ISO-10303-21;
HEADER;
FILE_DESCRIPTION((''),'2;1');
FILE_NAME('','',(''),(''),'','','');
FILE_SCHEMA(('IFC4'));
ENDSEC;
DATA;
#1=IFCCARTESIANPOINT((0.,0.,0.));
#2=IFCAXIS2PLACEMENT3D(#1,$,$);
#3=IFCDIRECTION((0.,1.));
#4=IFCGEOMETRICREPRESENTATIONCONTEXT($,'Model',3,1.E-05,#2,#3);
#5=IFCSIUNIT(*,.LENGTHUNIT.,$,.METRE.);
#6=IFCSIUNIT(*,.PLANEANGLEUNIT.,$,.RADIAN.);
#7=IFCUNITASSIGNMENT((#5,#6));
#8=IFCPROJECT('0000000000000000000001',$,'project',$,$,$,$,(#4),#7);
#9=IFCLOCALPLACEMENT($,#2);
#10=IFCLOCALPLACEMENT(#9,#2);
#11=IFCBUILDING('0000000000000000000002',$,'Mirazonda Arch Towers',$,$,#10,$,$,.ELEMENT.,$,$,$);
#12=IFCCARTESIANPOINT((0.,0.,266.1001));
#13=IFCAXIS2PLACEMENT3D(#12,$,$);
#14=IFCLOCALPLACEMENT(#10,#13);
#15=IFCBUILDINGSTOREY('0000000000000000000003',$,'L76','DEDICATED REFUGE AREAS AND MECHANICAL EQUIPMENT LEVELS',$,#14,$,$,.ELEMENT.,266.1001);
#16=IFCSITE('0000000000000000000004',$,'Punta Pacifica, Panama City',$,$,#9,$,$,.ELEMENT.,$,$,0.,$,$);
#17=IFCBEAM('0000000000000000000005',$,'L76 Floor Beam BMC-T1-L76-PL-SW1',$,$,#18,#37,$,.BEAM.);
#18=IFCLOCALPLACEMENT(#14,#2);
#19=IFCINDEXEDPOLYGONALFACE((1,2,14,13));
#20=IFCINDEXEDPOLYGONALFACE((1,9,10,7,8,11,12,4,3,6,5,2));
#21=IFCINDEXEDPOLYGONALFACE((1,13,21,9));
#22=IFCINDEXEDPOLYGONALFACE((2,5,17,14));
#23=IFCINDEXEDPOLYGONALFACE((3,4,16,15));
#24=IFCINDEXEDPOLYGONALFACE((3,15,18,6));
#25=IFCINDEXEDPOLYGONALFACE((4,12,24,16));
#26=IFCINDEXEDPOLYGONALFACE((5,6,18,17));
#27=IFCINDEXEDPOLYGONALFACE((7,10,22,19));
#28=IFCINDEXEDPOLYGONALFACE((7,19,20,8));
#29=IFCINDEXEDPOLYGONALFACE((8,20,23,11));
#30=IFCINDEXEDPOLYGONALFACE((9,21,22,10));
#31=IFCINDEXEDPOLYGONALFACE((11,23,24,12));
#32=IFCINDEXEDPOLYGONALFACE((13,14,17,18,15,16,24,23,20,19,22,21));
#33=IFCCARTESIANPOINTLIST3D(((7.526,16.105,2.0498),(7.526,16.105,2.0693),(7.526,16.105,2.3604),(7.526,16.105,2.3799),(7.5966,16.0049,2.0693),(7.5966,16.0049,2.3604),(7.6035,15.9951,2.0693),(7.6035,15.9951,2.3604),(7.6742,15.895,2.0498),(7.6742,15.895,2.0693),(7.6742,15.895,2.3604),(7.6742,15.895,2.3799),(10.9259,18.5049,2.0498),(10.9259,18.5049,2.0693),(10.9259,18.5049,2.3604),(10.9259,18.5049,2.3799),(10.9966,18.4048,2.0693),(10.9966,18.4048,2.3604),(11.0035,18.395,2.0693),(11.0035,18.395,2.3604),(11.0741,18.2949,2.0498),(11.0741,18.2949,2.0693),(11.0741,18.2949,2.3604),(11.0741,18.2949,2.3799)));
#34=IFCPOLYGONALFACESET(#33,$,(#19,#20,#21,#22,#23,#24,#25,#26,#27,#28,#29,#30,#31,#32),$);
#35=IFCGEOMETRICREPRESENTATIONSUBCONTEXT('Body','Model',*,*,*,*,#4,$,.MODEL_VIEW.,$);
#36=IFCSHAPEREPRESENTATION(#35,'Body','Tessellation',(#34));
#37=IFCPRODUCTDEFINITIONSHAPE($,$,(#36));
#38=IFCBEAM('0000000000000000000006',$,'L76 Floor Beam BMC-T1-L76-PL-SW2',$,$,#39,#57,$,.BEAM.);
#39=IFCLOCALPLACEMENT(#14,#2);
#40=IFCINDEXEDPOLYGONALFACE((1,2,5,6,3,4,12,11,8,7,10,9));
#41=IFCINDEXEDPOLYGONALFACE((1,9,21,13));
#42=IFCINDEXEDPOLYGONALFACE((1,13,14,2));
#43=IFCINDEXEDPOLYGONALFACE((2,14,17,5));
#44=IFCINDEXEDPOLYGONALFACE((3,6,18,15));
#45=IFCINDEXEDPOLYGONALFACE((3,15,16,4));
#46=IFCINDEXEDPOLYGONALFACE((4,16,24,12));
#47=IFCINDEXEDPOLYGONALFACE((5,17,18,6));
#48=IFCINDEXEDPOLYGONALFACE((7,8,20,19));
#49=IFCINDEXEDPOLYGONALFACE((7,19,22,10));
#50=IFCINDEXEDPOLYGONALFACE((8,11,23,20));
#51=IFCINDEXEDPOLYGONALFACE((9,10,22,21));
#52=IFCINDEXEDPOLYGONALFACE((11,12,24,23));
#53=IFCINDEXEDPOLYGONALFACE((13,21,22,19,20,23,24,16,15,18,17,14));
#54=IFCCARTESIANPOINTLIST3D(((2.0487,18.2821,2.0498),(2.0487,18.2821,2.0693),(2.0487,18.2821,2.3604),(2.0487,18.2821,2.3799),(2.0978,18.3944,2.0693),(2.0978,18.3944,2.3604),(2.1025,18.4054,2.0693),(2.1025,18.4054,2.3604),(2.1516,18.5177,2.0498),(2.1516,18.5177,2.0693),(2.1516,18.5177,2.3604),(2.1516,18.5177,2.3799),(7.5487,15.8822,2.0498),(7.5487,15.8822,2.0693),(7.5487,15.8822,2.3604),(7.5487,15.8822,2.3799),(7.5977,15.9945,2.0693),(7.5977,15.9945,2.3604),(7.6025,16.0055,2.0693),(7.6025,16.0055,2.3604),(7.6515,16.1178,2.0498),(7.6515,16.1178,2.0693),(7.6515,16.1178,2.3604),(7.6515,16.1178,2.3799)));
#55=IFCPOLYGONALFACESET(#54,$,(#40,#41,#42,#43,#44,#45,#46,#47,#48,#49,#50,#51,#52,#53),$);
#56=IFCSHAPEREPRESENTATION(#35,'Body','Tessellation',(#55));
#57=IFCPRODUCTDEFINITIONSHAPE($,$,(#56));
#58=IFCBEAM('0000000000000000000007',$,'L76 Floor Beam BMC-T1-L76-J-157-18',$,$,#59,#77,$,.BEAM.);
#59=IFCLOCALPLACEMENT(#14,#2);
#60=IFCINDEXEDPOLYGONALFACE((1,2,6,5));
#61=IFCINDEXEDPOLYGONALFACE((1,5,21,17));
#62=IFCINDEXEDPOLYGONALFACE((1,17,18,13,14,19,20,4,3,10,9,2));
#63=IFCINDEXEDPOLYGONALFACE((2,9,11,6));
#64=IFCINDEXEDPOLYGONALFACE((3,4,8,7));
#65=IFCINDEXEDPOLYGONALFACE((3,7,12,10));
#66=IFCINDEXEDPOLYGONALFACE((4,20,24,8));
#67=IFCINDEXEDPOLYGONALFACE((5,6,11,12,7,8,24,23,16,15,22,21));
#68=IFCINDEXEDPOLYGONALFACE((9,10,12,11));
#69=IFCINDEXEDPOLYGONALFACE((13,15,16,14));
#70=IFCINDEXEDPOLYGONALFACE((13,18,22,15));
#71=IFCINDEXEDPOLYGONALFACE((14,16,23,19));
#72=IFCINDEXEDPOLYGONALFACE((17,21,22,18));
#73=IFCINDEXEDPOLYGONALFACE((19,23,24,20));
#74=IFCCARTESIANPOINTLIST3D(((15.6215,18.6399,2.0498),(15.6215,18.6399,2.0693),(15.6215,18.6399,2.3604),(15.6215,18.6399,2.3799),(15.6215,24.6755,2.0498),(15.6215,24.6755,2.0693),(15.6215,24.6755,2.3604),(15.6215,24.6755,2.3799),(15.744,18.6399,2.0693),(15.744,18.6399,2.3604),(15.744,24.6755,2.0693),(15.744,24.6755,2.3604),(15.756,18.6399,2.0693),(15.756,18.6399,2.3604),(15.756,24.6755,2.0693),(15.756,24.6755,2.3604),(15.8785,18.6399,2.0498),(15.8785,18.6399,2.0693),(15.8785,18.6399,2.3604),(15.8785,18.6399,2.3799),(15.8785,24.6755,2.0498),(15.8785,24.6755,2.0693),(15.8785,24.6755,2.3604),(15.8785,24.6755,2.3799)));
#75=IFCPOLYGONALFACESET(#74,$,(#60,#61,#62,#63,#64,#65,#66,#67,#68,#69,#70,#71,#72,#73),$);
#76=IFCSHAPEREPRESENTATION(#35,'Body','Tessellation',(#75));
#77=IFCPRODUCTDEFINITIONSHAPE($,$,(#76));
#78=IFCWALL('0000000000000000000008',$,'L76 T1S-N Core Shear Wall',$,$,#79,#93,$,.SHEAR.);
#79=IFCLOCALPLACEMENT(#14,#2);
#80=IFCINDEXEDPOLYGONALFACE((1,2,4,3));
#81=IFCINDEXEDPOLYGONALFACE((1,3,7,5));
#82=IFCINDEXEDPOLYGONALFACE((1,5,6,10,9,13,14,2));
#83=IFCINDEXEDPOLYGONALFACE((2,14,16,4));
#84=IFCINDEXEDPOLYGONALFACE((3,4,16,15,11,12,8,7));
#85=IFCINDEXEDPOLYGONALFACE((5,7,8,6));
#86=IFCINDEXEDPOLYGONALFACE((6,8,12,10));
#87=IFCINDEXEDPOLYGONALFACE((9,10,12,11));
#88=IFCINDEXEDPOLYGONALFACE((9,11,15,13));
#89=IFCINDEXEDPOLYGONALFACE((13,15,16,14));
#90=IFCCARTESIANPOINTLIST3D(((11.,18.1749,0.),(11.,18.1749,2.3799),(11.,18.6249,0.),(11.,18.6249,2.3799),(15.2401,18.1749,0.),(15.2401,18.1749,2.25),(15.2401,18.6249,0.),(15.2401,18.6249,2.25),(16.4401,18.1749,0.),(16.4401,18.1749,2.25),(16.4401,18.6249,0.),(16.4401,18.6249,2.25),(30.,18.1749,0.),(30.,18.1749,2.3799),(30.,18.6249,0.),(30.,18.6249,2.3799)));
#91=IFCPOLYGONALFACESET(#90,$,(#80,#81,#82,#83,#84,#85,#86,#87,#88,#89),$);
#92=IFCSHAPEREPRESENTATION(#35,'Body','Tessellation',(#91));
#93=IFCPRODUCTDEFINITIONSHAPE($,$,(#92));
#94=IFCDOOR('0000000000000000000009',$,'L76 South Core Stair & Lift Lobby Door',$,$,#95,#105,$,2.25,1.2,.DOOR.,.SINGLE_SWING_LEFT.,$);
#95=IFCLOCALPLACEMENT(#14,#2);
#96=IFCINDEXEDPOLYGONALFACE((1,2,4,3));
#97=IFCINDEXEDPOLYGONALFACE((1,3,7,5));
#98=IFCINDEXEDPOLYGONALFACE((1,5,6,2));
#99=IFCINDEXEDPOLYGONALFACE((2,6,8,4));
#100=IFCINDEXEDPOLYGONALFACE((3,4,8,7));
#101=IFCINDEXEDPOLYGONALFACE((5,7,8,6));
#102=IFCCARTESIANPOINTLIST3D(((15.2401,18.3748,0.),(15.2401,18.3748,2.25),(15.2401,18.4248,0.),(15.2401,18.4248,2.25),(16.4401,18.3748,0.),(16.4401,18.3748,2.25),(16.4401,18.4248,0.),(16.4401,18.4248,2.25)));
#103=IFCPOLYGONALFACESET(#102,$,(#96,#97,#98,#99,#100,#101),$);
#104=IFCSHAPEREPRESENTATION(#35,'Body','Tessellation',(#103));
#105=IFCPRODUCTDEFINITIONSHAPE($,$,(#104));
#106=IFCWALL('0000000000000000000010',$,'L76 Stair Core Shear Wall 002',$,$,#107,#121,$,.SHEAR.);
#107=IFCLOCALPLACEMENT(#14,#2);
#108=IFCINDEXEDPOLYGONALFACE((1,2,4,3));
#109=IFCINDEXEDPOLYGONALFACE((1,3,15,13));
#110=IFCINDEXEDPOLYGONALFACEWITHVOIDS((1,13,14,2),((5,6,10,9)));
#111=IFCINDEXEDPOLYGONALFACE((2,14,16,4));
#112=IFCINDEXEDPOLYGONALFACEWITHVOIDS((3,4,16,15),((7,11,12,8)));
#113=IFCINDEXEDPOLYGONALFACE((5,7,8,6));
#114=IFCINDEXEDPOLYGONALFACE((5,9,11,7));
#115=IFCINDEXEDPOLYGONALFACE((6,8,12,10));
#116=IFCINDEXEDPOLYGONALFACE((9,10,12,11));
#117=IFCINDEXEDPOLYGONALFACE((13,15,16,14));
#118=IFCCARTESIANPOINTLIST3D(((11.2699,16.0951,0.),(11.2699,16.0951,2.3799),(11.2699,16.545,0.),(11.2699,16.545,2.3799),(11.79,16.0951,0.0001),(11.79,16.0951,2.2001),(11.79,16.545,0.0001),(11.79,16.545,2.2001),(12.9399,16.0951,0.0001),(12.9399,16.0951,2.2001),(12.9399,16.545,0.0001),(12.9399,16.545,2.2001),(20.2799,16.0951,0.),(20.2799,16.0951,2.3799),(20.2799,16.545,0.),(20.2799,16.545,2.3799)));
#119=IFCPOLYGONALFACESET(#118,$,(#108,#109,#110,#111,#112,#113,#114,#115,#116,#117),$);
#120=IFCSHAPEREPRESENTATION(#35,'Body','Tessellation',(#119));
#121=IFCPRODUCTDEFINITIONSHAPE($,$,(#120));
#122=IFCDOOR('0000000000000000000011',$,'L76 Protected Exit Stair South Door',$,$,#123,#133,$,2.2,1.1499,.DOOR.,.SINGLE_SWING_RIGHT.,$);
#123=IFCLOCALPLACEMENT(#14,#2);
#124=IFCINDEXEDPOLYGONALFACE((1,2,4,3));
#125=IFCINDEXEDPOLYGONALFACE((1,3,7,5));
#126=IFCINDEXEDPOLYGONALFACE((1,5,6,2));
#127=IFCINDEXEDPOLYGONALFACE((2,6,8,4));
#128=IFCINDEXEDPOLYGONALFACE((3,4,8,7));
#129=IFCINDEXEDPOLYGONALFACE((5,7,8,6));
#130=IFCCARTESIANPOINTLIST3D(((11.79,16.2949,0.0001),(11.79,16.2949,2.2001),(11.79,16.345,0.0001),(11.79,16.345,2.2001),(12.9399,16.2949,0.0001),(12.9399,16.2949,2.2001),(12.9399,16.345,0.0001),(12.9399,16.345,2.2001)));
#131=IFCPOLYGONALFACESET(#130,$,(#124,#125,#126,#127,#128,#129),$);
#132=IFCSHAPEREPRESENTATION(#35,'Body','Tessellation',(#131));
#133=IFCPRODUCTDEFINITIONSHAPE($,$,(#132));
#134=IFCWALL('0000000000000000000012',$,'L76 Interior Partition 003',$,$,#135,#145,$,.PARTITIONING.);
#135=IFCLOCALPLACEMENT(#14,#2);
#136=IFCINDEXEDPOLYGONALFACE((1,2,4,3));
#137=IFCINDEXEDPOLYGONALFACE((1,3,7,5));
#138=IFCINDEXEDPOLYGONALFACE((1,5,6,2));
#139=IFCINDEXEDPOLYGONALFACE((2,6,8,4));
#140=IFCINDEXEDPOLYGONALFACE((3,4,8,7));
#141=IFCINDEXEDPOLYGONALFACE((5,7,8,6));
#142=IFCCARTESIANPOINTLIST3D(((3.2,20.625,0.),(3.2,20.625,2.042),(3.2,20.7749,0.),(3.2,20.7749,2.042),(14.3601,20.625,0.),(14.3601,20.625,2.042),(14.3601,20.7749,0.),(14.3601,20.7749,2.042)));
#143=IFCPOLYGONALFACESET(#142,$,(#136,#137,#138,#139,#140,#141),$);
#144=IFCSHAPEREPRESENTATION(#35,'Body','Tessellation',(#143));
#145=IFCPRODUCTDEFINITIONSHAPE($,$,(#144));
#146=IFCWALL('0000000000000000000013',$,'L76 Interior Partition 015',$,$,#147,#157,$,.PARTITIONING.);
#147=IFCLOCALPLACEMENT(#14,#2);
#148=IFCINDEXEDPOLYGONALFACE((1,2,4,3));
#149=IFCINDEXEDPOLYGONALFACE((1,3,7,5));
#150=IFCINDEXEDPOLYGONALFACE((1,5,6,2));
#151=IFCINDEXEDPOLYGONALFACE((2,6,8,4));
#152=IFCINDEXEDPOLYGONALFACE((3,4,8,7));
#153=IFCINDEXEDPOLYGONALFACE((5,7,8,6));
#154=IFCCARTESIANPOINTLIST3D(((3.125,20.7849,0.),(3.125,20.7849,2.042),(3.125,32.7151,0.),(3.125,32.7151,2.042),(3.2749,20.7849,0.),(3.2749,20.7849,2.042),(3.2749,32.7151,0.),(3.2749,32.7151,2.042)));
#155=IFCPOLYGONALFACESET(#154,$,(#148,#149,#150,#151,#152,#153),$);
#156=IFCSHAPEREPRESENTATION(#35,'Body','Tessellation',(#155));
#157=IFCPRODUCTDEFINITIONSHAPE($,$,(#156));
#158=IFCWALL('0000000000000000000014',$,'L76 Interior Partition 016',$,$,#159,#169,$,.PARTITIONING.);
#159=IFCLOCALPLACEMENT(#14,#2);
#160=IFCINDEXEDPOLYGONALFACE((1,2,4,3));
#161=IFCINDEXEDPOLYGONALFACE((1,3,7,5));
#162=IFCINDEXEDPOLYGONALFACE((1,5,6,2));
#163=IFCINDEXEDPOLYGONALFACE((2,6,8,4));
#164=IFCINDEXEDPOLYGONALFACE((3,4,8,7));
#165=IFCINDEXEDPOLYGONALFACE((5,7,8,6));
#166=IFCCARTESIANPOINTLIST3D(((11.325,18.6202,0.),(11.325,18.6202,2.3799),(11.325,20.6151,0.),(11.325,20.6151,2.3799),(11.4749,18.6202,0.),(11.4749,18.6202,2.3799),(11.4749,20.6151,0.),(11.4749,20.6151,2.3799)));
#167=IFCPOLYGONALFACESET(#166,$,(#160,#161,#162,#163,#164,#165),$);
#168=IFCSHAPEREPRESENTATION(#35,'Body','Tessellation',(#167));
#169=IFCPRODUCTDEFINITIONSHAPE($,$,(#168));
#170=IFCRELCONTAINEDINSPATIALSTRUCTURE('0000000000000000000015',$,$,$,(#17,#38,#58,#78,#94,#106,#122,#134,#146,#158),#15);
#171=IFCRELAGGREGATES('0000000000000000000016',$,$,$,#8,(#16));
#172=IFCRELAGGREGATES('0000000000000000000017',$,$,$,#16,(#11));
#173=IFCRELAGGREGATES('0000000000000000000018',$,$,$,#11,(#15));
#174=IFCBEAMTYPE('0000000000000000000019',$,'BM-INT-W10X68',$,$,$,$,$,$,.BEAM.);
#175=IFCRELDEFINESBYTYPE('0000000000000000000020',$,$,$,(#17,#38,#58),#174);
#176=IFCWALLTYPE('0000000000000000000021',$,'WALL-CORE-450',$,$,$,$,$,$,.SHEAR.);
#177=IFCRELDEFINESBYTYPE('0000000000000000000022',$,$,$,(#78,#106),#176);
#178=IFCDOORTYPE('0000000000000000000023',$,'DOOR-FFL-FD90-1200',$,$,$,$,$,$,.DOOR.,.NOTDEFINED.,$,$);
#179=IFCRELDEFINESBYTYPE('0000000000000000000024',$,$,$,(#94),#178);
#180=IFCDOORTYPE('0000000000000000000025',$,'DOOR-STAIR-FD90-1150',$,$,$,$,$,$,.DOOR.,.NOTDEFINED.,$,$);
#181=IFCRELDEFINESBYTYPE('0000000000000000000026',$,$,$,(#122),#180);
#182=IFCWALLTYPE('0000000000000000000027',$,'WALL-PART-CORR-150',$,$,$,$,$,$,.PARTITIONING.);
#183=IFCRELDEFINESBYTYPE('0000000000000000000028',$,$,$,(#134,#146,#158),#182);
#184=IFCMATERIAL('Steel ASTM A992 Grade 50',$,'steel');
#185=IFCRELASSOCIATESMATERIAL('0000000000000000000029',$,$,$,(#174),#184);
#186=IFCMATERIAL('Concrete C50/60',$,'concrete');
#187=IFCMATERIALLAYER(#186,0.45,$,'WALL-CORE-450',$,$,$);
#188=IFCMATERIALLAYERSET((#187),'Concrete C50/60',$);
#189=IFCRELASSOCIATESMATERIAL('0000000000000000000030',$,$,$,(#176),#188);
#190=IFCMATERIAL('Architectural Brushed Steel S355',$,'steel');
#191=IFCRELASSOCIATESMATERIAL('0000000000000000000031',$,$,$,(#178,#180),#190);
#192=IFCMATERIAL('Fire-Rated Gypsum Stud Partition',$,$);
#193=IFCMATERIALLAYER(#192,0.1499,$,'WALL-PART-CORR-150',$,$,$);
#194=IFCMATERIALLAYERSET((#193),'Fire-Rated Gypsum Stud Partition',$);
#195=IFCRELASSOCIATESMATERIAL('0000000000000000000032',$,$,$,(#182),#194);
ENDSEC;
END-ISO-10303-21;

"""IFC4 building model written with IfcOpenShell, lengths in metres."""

from ifc_helpers import new_model, si_unit, direction, frame, frame_2d, origin, origin_2d, place, context, subcontext, project, spatial, rectangle, i_section, extrude, material, layer, layer_set, material_profile, profile_set, type_object, element, fill, save


model = new_model("IFC4")

# Units and contexts
model_context = context("Model", 3, precision=1e-05, world=origin(), true_north=direction((0.0, 1.0)))
body_context = subcontext(model_context, "Body", "Model", "MODEL_VIEW")
ifc_project = project(units=[si_unit("LENGTHUNIT", "METRE"), si_unit("PLANEANGLEUNIT", "RADIAN")], contexts=[model_context])

# Site, building, storey
site_placement = place(None, origin())
site = spatial("IfcSite", under=ifc_project, at=site_placement, Name="Punta Pacifica, Panama City", CompositionType="ELEMENT", RefElevation=0.0)
building_placement = place(site_placement, origin())
building = spatial("IfcBuilding", under=site, at=building_placement, Name="Mirazonda Arch Towers", CompositionType="ELEMENT")
storey_placement = place(building_placement, frame((0.0, 0.0, 266.1001)))
storey = spatial("IfcBuildingStorey", under=building, at=storey_placement, Name="L76", Description="DEDICATED REFUGE AREAS AND MECHANICAL EQUIPMENT LEVELS", CompositionType="ELEMENT", Elevation=266.1001)

# Shared definitions
ifc_material_1 = material(Name="Concrete C50/60", Category="concrete")

# Beams
ifc_material_2 = material(Name="Steel ASTM A992 Grade 50", Category="steel")
ifc_material_profile_1 = material_profile(ifc_material_2, i_section(OverallWidth=0.2571, OverallDepth=0.3301, WebThickness=0.012, FlangeThickness=0.0195, at=origin_2d()), Name="W10X68")
ifc_profile_set_1 = profile_set([ifc_material_profile_1], Name="Steel ASTM A992 Grade 50")
beam_type_1 = type_object("IfcBeamType", Name="BM-INT-W10X68", PredefinedType="BEAM", material=ifc_profile_set_1)
beam_1_placement = place(storey_placement, frame((7.6001, 16.0, 2.2148), z_axis=(0.816971, 0.576679, 0.0), x_axis=(-0.576679, 0.816971, 0.0)))
element("IfcBeam", 1, at=beam_1_placement, inside=storey, type_object=beam_type_1, Name="L76 Floor Beam BMC-T1-L76-PL-SW1", PredefinedType="BEAM", context=body_context, shape_type="SweptSolid", body=[
    extrude(i_section(OverallWidth=0.2571, OverallDepth=0.3301, WebThickness=0.012, FlangeThickness=0.0195, at=origin_2d()), origin(), (0.0, 0.0, 1.0), 4.1616),
])
beam_2_placement = place(storey_placement, frame((7.6001, 16.0, 2.2148), z_axis=(-0.916545, 0.399931, 0.0), x_axis=(-0.399931, -0.916545, 0.0)))
element("IfcBeam", 2, at=beam_2_placement, inside=storey, type_object=beam_type_1, Name="L76 Floor Beam BMC-T1-L76-PL-SW2", PredefinedType="BEAM", context=body_context, shape_type="SweptSolid", body=[
    extrude(i_section(OverallWidth=0.2571, OverallDepth=0.3301, WebThickness=0.012, FlangeThickness=0.0195, at=origin_2d()), origin(), (0.0, 0.0, 1.0), 6.0007),
])
beam_3_placement = place(storey_placement, frame((15.75, 18.6399, 2.2148), z_axis=(0.0, 1.0, 0.0), x_axis=(-1.0, 0.0, 0.0)))
element("IfcBeam", 3, at=beam_3_placement, inside=storey, type_object=beam_type_1, Name="L76 Floor Beam BMC-T1-L76-J-157-18", PredefinedType="BEAM", context=body_context, shape_type="SweptSolid", body=[
    extrude(i_section(OverallWidth=0.2571, OverallDepth=0.3301, WebThickness=0.012, FlangeThickness=0.0195, at=origin_2d()), origin(), (0.0, 0.0, 1.0), 6.0356),
])

# Walls, openings, doors
ifc_layer_1 = layer(ifc_material_1, 0.45, Name="WALL-CORE-450")
ifc_layer_set_1 = layer_set([ifc_layer_1], Name="Concrete C50/60")
wall_type_1 = type_object("IfcWallType", Name="WALL-CORE-450", PredefinedType="SHEAR", material=ifc_layer_set_1)
wall_1_placement = place(storey_placement, frame((11.0, 18.3999, 0.0), z_axis=(0.0, 0.0, 1.0), x_axis=(1.0, 0.0, 0.0)))
wall_1 = element("IfcWall", 4, at=wall_1_placement, inside=storey, type_object=wall_type_1, Name="L76 T1S-N Core Shear Wall", PredefinedType="SHEAR", context=body_context, shape_type="SweptSolid", body=[
    extrude(rectangle(XDim=19.0, YDim=0.45, at=frame_2d((9.5, 0.0))), origin(), (0.0, 0.0, 1.0), 2.3799),
])
opening_1_placement = place(wall_1_placement, frame((4.24, 0.0, 0.0)))
opening_1 = element("IfcOpeningElement", 5, at=opening_1_placement, cuts=wall_1, PredefinedType="OPENING", context=body_context, shape_type="SweptSolid", body=[
    extrude(rectangle(XDim=1.2, YDim=2.25, at=frame_2d((0.6001, 1.125))), frame((0.0, 0.2349, 0.0), z_axis=(0.0, -1.0, 0.0), x_axis=(1.0, 0.0, 0.0)), (0.0, 0.0, 1.0), 0.47),
])
ifc_material_3 = material(Name="Architectural Brushed Steel S355", Category="steel")
door_type_1 = type_object("IfcDoorType", Name="DOOR-FFL-FD90-1200", OperationType="NOTDEFINED", PredefinedType="DOOR", material=ifc_material_3)
door_1_placement = place(opening_1_placement, origin())
door_1 = element("IfcDoor", 6, at=door_1_placement, inside=storey, type_object=door_type_1, Name="L76 South Core Stair & Lift Lobby Door", OperationType="SINGLE_SWING_LEFT", OverallHeight=2.25, OverallWidth=1.2, PredefinedType="DOOR", context=body_context, shape_type="SweptSolid", body=[
    extrude(rectangle(XDim=1.2, YDim=2.25, at=frame_2d((0.6001, 1.125))), frame((0.0, 0.0249, 0.0), z_axis=(0.0, -1.0, 0.0), x_axis=(1.0, 0.0, 0.0)), (0.0, 0.0, 1.0), 0.05),
])
fill(opening_1, door_1)
wall_2_placement = place(storey_placement, frame((11.27, 16.3201, 0.0), z_axis=(0.0, 0.0, 1.0), x_axis=(1.0, 0.0, 0.0)))
wall_2 = element("IfcWall", 7, at=wall_2_placement, inside=storey, type_object=wall_type_1, Name="L76 Stair Core Shear Wall 002", PredefinedType="SHEAR", context=body_context, shape_type="SweptSolid", body=[
    extrude(rectangle(XDim=9.01, YDim=0.45, at=frame_2d((4.5049, 0.0))), origin(), (0.0, 0.0, 1.0), 2.3799),
])
opening_2_placement = place(wall_2_placement, frame((0.52, 0.0, 0.0)))
opening_2 = element("IfcOpeningElement", 8, at=opening_2_placement, cuts=wall_2, PredefinedType="OPENING", context=body_context, shape_type="SweptSolid", body=[
    extrude(rectangle(XDim=1.1499, YDim=2.2, at=frame_2d((0.575, 1.1001))), frame((0.0, 0.2349, 0.0), z_axis=(0.0, -1.0, 0.0), x_axis=(1.0, 0.0, 0.0)), (0.0, 0.0, 1.0), 0.47),
])
door_type_2 = type_object("IfcDoorType", Name="DOOR-STAIR-FD90-1150", OperationType="NOTDEFINED", PredefinedType="DOOR", material=ifc_material_3)
door_2_placement = place(opening_2_placement, origin())
door_2 = element("IfcDoor", 9, at=door_2_placement, inside=storey, type_object=door_type_2, Name="L76 Protected Exit Stair South Door", OperationType="SINGLE_SWING_RIGHT", OverallHeight=2.2, OverallWidth=1.1499, PredefinedType="DOOR", context=body_context, shape_type="SweptSolid", body=[
    extrude(rectangle(XDim=1.1499, YDim=2.2, at=frame_2d((0.575, 1.1001))), frame((0.0, 0.0249, 0.0), z_axis=(0.0, -1.0, 0.0), x_axis=(1.0, 0.0, 0.0)), (0.0, 0.0, 1.0), 0.05),
])
fill(opening_2, door_2)

# Walls
ifc_material_4 = material(Name="Fire-Rated Gypsum Stud Partition")
ifc_layer_2 = layer(ifc_material_4, 0.1499, Name="WALL-PART-CORR-150")
ifc_layer_set_2 = layer_set([ifc_layer_2], Name="Fire-Rated Gypsum Stud Partition")
wall_type_2 = type_object("IfcWallType", Name="WALL-PART-CORR-150", PredefinedType="PARTITIONING", material=ifc_layer_set_2)
wall_3_placement = place(storey_placement, frame((3.2, 20.7, 0.0), z_axis=(0.0, 0.0, 1.0), x_axis=(1.0, 0.0, 0.0)))
element("IfcWall", 10, at=wall_3_placement, inside=storey, type_object=wall_type_2, Name="L76 Interior Partition 003", PredefinedType="PARTITIONING", context=body_context, shape_type="SweptSolid", body=[
    extrude(rectangle(XDim=11.1602, YDim=0.1499, at=frame_2d((5.5801, 0.0))), origin(), (0.0, 0.0, 1.0), 2.042),
])
wall_4_placement = place(storey_placement, frame((3.2, 20.7849, 0.0), z_axis=(0.0, 0.0, 1.0), x_axis=(0.0, 1.0, 0.0)))
element("IfcWall", 11, at=wall_4_placement, inside=storey, type_object=wall_type_2, Name="L76 Interior Partition 015", PredefinedType="PARTITIONING", context=body_context, shape_type="SweptSolid", body=[
    extrude(rectangle(XDim=11.9302, YDim=0.1499, at=frame_2d((5.9651, 0.0))), origin(), (0.0, 0.0, 1.0), 2.042),
])
wall_5_placement = place(storey_placement, frame((11.3999, 18.6201, 0.0), z_axis=(0.0, 0.0, 1.0), x_axis=(0.0, 1.0, 0.0)))
element("IfcWall", 12, at=wall_5_placement, inside=storey, type_object=wall_type_2, Name="L76 Interior Partition 016", PredefinedType="PARTITIONING", context=body_context, shape_type="SweptSolid", body=[
    extrude(rectangle(XDim=1.9949, YDim=0.1499, at=frame_2d((0.9976, 0.0))), origin(), (0.0, 0.0, 1.0), 2.3799),
])

save(model, "model.ifc")
